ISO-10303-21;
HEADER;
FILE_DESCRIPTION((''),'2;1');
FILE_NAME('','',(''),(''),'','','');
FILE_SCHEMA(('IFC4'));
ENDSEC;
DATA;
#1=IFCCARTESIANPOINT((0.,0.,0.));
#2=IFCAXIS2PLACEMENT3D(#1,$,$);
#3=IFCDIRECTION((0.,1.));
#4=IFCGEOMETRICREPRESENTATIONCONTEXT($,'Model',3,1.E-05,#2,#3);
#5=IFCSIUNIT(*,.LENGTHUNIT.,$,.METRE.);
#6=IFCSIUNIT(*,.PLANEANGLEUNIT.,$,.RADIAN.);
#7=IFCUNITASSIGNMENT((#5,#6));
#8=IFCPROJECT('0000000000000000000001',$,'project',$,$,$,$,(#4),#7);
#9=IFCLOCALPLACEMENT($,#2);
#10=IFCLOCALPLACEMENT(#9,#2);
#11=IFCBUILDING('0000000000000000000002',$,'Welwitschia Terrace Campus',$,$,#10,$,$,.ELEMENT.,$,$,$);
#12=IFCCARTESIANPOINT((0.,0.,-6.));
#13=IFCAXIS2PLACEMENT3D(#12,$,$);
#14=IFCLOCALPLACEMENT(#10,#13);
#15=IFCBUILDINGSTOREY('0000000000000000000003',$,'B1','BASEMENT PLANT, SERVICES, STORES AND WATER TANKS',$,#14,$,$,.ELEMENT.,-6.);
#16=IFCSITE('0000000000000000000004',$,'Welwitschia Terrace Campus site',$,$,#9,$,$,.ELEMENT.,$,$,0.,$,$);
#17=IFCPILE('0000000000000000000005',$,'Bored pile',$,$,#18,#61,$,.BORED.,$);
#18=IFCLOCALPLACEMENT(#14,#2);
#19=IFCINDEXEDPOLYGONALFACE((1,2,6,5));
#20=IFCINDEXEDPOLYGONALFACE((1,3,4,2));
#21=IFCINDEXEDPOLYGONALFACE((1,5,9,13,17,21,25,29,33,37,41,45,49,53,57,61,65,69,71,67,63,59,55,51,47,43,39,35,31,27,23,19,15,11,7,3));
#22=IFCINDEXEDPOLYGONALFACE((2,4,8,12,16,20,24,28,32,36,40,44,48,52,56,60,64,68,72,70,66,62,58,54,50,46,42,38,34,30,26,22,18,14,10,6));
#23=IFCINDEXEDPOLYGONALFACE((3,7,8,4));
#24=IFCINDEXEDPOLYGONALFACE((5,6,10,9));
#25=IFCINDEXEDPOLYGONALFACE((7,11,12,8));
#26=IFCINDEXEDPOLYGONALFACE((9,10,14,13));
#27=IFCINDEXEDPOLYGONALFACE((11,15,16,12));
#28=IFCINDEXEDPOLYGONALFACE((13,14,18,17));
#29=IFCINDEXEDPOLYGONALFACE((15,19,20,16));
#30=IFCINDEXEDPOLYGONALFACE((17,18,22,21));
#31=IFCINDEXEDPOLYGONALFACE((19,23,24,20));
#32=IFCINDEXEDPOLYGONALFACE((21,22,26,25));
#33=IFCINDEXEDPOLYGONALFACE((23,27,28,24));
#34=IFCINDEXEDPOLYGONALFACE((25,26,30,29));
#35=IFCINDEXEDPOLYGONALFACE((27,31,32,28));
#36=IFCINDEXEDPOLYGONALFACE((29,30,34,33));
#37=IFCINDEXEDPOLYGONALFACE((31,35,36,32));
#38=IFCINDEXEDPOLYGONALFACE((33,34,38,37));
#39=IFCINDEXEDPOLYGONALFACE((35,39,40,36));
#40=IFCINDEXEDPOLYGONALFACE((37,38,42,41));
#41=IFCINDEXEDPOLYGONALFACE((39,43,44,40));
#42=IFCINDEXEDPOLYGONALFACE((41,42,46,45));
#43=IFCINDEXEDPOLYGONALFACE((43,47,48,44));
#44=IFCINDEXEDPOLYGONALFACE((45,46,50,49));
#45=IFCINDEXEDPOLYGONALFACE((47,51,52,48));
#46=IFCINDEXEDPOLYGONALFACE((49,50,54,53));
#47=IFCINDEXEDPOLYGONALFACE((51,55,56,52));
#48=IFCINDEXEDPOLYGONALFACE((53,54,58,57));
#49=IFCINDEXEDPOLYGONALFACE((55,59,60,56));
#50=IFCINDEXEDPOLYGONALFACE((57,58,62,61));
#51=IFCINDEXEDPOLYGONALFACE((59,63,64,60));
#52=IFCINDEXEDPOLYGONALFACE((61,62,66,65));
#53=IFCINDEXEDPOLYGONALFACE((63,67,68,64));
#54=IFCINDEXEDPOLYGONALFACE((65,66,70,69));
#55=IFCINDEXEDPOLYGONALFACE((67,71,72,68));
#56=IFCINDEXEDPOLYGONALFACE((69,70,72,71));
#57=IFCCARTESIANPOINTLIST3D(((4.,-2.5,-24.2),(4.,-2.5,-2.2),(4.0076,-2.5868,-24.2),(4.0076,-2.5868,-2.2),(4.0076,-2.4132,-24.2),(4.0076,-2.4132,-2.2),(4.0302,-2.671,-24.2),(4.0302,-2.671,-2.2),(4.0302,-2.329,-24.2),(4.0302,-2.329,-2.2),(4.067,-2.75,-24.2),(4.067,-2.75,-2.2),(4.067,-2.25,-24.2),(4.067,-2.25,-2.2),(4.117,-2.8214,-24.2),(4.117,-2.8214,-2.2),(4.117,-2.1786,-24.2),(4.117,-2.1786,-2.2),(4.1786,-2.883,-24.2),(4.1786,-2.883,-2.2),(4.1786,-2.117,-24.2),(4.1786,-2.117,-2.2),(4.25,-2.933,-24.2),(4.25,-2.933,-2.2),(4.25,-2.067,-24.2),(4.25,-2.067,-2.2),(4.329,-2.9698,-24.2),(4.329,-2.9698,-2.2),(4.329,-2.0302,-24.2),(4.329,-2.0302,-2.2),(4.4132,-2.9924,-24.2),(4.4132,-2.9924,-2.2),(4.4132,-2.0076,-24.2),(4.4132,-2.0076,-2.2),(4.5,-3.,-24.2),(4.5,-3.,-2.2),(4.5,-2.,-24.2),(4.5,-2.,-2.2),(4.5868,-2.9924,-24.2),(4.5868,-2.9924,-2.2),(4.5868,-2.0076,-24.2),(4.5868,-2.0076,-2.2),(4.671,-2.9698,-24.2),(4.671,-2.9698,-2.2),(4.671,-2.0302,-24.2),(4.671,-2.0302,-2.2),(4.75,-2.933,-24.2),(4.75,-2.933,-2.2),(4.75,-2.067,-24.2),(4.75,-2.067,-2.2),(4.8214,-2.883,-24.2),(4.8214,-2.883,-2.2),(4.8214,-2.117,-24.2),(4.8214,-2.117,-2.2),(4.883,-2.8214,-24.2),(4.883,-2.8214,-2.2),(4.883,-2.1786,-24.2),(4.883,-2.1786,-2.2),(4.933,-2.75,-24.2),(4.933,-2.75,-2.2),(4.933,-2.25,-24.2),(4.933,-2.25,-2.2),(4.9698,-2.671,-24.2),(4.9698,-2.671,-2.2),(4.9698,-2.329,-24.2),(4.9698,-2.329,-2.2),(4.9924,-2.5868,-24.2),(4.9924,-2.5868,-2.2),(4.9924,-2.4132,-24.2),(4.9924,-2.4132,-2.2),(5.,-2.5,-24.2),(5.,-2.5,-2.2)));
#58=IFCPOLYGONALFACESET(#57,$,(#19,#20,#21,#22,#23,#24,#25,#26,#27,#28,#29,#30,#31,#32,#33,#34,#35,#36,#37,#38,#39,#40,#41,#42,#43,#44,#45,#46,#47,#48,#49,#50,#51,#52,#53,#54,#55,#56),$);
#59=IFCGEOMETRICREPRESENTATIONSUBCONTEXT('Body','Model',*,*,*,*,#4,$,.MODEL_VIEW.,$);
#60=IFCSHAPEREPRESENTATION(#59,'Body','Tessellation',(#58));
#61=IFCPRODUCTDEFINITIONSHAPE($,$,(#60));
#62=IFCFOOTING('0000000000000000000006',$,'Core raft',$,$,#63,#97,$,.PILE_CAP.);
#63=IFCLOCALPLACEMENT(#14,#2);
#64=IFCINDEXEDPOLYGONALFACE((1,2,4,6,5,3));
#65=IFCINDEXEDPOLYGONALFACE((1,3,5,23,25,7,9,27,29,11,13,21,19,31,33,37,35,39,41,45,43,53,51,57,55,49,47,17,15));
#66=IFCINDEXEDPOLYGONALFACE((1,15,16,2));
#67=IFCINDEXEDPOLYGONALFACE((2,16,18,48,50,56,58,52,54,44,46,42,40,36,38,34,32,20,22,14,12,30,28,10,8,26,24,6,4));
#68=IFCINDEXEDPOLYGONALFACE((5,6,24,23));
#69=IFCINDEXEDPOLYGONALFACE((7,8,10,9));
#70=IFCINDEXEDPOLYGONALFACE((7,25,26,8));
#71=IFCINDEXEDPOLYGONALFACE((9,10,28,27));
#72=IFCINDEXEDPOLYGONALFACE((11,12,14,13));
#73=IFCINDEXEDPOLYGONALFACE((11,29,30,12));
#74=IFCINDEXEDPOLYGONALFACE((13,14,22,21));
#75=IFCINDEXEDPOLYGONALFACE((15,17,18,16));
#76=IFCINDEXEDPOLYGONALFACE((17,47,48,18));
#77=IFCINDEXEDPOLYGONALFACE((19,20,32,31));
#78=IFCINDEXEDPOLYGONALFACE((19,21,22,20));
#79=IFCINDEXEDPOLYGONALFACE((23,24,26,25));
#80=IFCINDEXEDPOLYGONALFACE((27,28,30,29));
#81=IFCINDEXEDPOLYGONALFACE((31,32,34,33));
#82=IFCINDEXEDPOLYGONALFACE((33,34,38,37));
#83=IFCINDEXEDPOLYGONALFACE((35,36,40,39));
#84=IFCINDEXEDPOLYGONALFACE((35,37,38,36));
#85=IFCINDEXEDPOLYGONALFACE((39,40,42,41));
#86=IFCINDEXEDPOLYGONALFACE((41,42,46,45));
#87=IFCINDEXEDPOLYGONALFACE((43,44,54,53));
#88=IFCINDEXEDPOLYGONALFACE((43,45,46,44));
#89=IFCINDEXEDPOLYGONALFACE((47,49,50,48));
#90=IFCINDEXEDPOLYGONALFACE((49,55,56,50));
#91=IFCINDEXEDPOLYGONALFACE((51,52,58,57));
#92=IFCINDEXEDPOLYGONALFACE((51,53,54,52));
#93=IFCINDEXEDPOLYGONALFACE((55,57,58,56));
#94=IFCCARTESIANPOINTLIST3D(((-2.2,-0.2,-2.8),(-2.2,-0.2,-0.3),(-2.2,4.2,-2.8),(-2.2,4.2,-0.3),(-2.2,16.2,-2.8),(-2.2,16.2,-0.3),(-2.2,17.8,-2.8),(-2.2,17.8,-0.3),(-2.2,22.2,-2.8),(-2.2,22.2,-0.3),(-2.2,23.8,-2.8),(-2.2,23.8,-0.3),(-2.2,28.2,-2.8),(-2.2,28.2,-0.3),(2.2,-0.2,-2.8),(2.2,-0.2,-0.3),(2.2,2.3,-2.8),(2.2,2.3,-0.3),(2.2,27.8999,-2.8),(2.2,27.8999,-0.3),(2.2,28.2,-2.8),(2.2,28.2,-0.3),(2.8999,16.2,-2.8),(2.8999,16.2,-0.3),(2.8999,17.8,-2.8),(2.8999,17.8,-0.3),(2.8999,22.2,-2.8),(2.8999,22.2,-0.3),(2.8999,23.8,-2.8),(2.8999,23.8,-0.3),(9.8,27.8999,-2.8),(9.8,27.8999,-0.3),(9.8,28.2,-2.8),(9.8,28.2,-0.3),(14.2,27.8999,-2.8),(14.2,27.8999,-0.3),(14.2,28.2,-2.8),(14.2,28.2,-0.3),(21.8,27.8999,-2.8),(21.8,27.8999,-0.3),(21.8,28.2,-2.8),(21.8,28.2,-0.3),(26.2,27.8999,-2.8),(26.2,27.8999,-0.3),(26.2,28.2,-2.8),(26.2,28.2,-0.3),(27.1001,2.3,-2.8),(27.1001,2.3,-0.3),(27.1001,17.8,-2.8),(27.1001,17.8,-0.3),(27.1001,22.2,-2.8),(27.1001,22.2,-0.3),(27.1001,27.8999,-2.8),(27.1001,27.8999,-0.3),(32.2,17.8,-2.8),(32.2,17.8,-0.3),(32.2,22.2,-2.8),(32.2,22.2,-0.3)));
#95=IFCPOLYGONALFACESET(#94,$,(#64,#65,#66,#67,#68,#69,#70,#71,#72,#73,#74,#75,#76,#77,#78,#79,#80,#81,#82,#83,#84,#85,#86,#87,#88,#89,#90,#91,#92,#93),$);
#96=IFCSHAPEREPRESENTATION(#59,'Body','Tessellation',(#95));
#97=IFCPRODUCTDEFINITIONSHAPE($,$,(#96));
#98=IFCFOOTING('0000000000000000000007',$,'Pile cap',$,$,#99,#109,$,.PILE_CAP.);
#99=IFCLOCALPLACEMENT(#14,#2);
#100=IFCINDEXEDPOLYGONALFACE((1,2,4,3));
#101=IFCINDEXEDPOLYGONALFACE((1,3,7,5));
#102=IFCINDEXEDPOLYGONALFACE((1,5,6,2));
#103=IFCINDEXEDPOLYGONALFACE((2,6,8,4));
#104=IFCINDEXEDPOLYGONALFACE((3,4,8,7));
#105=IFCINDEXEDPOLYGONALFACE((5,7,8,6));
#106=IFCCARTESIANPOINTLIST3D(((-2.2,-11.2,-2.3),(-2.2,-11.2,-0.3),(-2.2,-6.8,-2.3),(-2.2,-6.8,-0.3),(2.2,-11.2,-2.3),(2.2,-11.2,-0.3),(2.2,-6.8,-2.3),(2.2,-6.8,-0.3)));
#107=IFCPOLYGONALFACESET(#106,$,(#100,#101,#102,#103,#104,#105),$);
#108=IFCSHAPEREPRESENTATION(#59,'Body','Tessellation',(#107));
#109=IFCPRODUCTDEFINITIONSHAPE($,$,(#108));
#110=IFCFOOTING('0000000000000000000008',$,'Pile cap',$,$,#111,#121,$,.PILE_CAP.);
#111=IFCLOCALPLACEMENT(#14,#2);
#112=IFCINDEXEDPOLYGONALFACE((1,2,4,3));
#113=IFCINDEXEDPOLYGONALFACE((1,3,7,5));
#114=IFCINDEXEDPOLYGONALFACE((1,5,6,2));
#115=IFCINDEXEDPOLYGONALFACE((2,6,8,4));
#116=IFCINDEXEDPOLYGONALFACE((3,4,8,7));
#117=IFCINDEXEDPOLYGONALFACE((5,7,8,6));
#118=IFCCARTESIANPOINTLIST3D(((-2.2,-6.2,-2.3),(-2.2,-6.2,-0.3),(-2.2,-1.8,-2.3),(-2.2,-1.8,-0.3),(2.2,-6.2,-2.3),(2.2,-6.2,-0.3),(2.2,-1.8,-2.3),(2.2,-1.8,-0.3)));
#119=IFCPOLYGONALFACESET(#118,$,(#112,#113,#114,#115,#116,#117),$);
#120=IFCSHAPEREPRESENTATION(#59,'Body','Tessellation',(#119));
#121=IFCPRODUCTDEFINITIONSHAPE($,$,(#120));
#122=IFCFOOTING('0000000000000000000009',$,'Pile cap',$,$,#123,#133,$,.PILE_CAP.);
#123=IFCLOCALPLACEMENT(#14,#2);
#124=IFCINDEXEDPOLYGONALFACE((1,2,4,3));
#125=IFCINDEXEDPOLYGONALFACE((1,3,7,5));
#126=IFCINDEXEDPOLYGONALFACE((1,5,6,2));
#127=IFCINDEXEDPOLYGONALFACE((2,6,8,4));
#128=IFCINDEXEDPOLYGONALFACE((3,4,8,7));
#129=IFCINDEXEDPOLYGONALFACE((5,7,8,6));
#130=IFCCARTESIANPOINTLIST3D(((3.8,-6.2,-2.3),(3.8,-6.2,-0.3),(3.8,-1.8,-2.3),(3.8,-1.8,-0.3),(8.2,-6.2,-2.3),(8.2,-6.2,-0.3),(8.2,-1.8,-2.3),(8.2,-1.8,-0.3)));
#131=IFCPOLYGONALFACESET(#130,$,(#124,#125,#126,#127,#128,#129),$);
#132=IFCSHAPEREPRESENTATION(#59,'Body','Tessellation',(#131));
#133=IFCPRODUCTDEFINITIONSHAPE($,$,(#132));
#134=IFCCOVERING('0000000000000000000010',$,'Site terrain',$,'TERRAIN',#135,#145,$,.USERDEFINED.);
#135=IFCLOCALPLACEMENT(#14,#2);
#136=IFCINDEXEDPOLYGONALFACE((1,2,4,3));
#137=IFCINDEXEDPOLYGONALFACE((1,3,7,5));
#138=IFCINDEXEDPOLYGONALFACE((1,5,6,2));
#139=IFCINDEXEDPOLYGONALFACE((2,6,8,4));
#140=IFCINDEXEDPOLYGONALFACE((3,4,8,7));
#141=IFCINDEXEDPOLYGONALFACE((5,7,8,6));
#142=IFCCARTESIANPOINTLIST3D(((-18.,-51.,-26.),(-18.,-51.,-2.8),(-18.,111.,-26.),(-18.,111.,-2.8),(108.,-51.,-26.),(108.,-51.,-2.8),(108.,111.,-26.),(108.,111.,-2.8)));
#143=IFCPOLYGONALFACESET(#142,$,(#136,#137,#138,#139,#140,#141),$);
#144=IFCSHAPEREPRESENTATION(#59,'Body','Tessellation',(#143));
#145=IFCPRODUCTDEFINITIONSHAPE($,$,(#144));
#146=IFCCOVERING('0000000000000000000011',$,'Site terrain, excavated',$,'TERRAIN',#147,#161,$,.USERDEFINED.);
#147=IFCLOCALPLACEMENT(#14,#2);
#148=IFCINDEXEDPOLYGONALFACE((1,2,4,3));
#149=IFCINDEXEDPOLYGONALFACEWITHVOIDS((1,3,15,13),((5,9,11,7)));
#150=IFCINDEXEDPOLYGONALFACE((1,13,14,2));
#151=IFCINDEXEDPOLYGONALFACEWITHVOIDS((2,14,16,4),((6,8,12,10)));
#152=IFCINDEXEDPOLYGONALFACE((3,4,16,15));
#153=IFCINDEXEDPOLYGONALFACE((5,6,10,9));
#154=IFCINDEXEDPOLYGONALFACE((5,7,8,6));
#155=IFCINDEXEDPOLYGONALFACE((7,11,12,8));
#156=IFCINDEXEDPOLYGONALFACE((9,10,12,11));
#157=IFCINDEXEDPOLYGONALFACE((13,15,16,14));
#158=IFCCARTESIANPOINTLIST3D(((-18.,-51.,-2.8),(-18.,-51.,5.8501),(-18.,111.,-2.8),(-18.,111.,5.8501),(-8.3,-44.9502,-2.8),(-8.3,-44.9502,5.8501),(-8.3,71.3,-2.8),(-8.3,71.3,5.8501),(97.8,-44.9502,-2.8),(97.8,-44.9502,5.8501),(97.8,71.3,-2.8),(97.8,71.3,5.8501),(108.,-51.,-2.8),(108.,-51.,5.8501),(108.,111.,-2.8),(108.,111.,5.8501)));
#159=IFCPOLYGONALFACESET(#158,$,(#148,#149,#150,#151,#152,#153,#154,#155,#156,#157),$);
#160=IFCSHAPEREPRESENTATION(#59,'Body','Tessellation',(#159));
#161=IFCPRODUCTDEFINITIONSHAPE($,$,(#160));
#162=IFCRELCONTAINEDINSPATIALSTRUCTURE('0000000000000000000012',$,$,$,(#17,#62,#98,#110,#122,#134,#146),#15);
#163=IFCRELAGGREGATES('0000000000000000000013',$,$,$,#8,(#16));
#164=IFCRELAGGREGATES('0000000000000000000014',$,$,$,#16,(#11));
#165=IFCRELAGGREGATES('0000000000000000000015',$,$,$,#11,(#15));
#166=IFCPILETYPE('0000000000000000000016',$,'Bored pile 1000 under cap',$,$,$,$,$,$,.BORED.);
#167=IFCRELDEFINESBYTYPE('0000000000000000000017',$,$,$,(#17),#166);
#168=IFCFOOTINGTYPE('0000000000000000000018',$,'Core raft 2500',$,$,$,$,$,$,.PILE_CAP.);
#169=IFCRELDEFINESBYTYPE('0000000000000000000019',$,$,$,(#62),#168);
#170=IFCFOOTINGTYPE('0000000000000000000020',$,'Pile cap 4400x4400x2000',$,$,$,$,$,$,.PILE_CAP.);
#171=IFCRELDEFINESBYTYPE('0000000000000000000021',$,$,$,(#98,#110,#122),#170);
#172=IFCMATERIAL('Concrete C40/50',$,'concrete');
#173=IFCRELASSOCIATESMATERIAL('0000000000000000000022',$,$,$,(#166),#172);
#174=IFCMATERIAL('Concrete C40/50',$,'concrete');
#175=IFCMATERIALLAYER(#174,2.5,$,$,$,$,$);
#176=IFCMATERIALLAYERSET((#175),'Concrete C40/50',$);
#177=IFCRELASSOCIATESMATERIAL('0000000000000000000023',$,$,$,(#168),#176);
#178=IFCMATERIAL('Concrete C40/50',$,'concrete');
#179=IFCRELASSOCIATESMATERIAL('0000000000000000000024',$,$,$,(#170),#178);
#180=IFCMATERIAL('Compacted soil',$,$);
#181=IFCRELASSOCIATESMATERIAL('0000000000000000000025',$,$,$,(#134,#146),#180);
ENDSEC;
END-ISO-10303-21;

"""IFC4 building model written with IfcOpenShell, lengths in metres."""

from ifc_helpers import new_model, si_unit, direction, frame, origin, origin_2d, place, context, subcontext, project, spatial, polyline, rectangle, circle, outline, extrude, material, layer, layer_set, type_object, element, save


model = new_model("IFC4")

# Units and contexts
model_context = context("Model", 3, precision=1e-05, world=origin(), true_north=direction((0.0, 1.0)))
body_context = subcontext(model_context, "Body", "Model", "MODEL_VIEW")
ifc_project = project(units=[si_unit("LENGTHUNIT", "METRE"), si_unit("PLANEANGLEUNIT", "RADIAN")], contexts=[model_context])

# Site, building, storey
site_placement = place(None, origin())
site = spatial("IfcSite", under=ifc_project, at=site_placement, Name="Welwitschia Terrace Campus site", CompositionType="ELEMENT", RefElevation=0.0)
building_placement = place(site_placement, origin())
building = spatial("IfcBuilding", under=site, at=building_placement, Name="Welwitschia Terrace Campus", CompositionType="ELEMENT")
storey_placement = place(building_placement, frame((0.0, 0.0, -6.0)))
storey = spatial("IfcBuildingStorey", under=building, at=storey_placement, Name="B1", Description="BASEMENT PLANT, SERVICES, STORES AND WATER TANKS", CompositionType="ELEMENT", Elevation=-6.0)

# Pile
ifc_material_1 = material(Name="Concrete C40/50", Category="concrete")
pile_type_1 = type_object("IfcPileType", Name="Bored pile 1000 under cap", PredefinedType="BORED", material=ifc_material_1)
for number, where, z_axis, x_axis, name in (
    (1, (4.5, -2.5, -2.2), (0.0, 0.0, -1.0), (1.0, 0.0, 0.0), "Bored pile"),
):
    element("IfcPile", number, at=place(storey_placement, frame(where, z_axis=z_axis, x_axis=x_axis)), inside=storey, type_object=pile_type_1, Name=name, PredefinedType="BORED", context=body_context, shape_type="SweptSolid", body=[
        extrude(circle(Radius=0.5, at=origin_2d()), origin(), (0.0, 0.0, 1.0), 22.0),
    ])

# Footings
ifc_material_2 = material(Name="Concrete C40/50", Category="concrete")
ifc_layer = layer(ifc_material_2, 2.5)
ifc_layer_set = layer_set([ifc_layer], Name="Concrete C40/50")
footing_type_1 = type_object("IfcFootingType", Name="Core raft 2500", PredefinedType="PILE_CAP", material=ifc_layer_set)
footing_placement = place(storey_placement, frame((0.0, 0.0, -2.8)))
element("IfcFooting", 2, at=footing_placement, inside=storey, type_object=footing_type_1, Name="Core raft", PredefinedType="PILE_CAP", context=body_context, shape_type="SweptSolid", body=[
    extrude(outline(polyline([(-2.2, -0.2), (-2.2, 4.2), (-2.2, 16.2), (2.8999, 16.2), (2.8999, 17.8), (-2.2, 17.8), (-2.2, 22.2), (2.8999, 22.2), (2.8999, 23.8), (-2.2, 23.8), (-2.2, 28.2), (2.2, 28.2), (2.2, 27.8999), (9.8, 27.8999), (9.8, 28.2), (14.2, 28.2), (14.2, 27.8999), (21.8, 27.8999), (21.8, 28.2), (26.2, 28.2), (26.2, 27.8999), (27.1001, 27.8999), (27.1001, 22.2), (32.2, 22.2), (32.2, 17.8), (27.1001, 17.8), (27.1001, 2.3), (2.2, 2.3), (2.2, -0.2), (-2.2, -0.2)])), origin(), (0.0, 0.0, 1.0), 2.5),
])
ifc_material_3 = material(Name="Concrete C40/50", Category="concrete")
footing_type_2 = type_object("IfcFootingType", Name="Pile cap 4400x4400x2000", PredefinedType="PILE_CAP", material=ifc_material_3)
for number, where, z_axis, x_axis, name in (
    (3, (0.0, -9.0, -2.3), (0.0, 0.0, 1.0), (1.0, 0.0, 0.0), "Pile cap"),
    (4, (0.0, -4.0, -2.3), (0.0, 0.0, 1.0), (1.0, 0.0, 0.0), "Pile cap"),
    (5, (6.0, -4.0, -2.3), (0.0, 0.0, 1.0), (1.0, 0.0, 0.0), "Pile cap"),
):
    element("IfcFooting", number, at=place(storey_placement, frame(where, z_axis=z_axis, x_axis=x_axis)), inside=storey, type_object=footing_type_2, Name=name, PredefinedType="PILE_CAP", context=body_context, shape_type="SweptSolid", body=[
        extrude(rectangle(XDim=4.3999, YDim=4.3999, at=origin_2d()), origin(), (0.0, 0.0, 1.0), 2.0),
    ])

# Coverings
ifc_material_4 = material(Name="Compacted soil")
covering_1_placement = place(storey_placement, frame((0.0, 0.0, -26.0)))
element("IfcCovering", 6, at=covering_1_placement, inside=storey, material=ifc_material_4, Name="Site terrain", ObjectType="TERRAIN", PredefinedType="USERDEFINED", context=body_context, shape_type="SweptSolid", body=[
    extrude(outline(polyline([(-18.0, -51.0), (108.0, -51.0), (108.0, 111.0), (-18.0, 111.0), (-18.0, -51.0)])), origin(), (0.0, 0.0, 1.0), 23.2),
])
covering_2_placement = place(storey_placement, frame((0.0, 0.0, -2.8)))
element("IfcCovering", 7, at=covering_2_placement, inside=storey, material=ifc_material_4, Name="Site terrain, excavated", ObjectType="TERRAIN", PredefinedType="USERDEFINED", context=body_context, shape_type="SweptSolid", body=[
    extrude(outline(polyline([(-18.0, -51.0), (108.0, -51.0), (108.0, 111.0), (-18.0, 111.0), (-18.0, -51.0)]), holes=[polyline([(-8.3, -44.9502), (97.8, -44.9502), (97.8, 71.3), (-8.3, 71.3), (-8.3, -44.9502)])]), origin(), (0.0, 0.0, 1.0), 8.6501),
])

save(model, "model.ifc")
